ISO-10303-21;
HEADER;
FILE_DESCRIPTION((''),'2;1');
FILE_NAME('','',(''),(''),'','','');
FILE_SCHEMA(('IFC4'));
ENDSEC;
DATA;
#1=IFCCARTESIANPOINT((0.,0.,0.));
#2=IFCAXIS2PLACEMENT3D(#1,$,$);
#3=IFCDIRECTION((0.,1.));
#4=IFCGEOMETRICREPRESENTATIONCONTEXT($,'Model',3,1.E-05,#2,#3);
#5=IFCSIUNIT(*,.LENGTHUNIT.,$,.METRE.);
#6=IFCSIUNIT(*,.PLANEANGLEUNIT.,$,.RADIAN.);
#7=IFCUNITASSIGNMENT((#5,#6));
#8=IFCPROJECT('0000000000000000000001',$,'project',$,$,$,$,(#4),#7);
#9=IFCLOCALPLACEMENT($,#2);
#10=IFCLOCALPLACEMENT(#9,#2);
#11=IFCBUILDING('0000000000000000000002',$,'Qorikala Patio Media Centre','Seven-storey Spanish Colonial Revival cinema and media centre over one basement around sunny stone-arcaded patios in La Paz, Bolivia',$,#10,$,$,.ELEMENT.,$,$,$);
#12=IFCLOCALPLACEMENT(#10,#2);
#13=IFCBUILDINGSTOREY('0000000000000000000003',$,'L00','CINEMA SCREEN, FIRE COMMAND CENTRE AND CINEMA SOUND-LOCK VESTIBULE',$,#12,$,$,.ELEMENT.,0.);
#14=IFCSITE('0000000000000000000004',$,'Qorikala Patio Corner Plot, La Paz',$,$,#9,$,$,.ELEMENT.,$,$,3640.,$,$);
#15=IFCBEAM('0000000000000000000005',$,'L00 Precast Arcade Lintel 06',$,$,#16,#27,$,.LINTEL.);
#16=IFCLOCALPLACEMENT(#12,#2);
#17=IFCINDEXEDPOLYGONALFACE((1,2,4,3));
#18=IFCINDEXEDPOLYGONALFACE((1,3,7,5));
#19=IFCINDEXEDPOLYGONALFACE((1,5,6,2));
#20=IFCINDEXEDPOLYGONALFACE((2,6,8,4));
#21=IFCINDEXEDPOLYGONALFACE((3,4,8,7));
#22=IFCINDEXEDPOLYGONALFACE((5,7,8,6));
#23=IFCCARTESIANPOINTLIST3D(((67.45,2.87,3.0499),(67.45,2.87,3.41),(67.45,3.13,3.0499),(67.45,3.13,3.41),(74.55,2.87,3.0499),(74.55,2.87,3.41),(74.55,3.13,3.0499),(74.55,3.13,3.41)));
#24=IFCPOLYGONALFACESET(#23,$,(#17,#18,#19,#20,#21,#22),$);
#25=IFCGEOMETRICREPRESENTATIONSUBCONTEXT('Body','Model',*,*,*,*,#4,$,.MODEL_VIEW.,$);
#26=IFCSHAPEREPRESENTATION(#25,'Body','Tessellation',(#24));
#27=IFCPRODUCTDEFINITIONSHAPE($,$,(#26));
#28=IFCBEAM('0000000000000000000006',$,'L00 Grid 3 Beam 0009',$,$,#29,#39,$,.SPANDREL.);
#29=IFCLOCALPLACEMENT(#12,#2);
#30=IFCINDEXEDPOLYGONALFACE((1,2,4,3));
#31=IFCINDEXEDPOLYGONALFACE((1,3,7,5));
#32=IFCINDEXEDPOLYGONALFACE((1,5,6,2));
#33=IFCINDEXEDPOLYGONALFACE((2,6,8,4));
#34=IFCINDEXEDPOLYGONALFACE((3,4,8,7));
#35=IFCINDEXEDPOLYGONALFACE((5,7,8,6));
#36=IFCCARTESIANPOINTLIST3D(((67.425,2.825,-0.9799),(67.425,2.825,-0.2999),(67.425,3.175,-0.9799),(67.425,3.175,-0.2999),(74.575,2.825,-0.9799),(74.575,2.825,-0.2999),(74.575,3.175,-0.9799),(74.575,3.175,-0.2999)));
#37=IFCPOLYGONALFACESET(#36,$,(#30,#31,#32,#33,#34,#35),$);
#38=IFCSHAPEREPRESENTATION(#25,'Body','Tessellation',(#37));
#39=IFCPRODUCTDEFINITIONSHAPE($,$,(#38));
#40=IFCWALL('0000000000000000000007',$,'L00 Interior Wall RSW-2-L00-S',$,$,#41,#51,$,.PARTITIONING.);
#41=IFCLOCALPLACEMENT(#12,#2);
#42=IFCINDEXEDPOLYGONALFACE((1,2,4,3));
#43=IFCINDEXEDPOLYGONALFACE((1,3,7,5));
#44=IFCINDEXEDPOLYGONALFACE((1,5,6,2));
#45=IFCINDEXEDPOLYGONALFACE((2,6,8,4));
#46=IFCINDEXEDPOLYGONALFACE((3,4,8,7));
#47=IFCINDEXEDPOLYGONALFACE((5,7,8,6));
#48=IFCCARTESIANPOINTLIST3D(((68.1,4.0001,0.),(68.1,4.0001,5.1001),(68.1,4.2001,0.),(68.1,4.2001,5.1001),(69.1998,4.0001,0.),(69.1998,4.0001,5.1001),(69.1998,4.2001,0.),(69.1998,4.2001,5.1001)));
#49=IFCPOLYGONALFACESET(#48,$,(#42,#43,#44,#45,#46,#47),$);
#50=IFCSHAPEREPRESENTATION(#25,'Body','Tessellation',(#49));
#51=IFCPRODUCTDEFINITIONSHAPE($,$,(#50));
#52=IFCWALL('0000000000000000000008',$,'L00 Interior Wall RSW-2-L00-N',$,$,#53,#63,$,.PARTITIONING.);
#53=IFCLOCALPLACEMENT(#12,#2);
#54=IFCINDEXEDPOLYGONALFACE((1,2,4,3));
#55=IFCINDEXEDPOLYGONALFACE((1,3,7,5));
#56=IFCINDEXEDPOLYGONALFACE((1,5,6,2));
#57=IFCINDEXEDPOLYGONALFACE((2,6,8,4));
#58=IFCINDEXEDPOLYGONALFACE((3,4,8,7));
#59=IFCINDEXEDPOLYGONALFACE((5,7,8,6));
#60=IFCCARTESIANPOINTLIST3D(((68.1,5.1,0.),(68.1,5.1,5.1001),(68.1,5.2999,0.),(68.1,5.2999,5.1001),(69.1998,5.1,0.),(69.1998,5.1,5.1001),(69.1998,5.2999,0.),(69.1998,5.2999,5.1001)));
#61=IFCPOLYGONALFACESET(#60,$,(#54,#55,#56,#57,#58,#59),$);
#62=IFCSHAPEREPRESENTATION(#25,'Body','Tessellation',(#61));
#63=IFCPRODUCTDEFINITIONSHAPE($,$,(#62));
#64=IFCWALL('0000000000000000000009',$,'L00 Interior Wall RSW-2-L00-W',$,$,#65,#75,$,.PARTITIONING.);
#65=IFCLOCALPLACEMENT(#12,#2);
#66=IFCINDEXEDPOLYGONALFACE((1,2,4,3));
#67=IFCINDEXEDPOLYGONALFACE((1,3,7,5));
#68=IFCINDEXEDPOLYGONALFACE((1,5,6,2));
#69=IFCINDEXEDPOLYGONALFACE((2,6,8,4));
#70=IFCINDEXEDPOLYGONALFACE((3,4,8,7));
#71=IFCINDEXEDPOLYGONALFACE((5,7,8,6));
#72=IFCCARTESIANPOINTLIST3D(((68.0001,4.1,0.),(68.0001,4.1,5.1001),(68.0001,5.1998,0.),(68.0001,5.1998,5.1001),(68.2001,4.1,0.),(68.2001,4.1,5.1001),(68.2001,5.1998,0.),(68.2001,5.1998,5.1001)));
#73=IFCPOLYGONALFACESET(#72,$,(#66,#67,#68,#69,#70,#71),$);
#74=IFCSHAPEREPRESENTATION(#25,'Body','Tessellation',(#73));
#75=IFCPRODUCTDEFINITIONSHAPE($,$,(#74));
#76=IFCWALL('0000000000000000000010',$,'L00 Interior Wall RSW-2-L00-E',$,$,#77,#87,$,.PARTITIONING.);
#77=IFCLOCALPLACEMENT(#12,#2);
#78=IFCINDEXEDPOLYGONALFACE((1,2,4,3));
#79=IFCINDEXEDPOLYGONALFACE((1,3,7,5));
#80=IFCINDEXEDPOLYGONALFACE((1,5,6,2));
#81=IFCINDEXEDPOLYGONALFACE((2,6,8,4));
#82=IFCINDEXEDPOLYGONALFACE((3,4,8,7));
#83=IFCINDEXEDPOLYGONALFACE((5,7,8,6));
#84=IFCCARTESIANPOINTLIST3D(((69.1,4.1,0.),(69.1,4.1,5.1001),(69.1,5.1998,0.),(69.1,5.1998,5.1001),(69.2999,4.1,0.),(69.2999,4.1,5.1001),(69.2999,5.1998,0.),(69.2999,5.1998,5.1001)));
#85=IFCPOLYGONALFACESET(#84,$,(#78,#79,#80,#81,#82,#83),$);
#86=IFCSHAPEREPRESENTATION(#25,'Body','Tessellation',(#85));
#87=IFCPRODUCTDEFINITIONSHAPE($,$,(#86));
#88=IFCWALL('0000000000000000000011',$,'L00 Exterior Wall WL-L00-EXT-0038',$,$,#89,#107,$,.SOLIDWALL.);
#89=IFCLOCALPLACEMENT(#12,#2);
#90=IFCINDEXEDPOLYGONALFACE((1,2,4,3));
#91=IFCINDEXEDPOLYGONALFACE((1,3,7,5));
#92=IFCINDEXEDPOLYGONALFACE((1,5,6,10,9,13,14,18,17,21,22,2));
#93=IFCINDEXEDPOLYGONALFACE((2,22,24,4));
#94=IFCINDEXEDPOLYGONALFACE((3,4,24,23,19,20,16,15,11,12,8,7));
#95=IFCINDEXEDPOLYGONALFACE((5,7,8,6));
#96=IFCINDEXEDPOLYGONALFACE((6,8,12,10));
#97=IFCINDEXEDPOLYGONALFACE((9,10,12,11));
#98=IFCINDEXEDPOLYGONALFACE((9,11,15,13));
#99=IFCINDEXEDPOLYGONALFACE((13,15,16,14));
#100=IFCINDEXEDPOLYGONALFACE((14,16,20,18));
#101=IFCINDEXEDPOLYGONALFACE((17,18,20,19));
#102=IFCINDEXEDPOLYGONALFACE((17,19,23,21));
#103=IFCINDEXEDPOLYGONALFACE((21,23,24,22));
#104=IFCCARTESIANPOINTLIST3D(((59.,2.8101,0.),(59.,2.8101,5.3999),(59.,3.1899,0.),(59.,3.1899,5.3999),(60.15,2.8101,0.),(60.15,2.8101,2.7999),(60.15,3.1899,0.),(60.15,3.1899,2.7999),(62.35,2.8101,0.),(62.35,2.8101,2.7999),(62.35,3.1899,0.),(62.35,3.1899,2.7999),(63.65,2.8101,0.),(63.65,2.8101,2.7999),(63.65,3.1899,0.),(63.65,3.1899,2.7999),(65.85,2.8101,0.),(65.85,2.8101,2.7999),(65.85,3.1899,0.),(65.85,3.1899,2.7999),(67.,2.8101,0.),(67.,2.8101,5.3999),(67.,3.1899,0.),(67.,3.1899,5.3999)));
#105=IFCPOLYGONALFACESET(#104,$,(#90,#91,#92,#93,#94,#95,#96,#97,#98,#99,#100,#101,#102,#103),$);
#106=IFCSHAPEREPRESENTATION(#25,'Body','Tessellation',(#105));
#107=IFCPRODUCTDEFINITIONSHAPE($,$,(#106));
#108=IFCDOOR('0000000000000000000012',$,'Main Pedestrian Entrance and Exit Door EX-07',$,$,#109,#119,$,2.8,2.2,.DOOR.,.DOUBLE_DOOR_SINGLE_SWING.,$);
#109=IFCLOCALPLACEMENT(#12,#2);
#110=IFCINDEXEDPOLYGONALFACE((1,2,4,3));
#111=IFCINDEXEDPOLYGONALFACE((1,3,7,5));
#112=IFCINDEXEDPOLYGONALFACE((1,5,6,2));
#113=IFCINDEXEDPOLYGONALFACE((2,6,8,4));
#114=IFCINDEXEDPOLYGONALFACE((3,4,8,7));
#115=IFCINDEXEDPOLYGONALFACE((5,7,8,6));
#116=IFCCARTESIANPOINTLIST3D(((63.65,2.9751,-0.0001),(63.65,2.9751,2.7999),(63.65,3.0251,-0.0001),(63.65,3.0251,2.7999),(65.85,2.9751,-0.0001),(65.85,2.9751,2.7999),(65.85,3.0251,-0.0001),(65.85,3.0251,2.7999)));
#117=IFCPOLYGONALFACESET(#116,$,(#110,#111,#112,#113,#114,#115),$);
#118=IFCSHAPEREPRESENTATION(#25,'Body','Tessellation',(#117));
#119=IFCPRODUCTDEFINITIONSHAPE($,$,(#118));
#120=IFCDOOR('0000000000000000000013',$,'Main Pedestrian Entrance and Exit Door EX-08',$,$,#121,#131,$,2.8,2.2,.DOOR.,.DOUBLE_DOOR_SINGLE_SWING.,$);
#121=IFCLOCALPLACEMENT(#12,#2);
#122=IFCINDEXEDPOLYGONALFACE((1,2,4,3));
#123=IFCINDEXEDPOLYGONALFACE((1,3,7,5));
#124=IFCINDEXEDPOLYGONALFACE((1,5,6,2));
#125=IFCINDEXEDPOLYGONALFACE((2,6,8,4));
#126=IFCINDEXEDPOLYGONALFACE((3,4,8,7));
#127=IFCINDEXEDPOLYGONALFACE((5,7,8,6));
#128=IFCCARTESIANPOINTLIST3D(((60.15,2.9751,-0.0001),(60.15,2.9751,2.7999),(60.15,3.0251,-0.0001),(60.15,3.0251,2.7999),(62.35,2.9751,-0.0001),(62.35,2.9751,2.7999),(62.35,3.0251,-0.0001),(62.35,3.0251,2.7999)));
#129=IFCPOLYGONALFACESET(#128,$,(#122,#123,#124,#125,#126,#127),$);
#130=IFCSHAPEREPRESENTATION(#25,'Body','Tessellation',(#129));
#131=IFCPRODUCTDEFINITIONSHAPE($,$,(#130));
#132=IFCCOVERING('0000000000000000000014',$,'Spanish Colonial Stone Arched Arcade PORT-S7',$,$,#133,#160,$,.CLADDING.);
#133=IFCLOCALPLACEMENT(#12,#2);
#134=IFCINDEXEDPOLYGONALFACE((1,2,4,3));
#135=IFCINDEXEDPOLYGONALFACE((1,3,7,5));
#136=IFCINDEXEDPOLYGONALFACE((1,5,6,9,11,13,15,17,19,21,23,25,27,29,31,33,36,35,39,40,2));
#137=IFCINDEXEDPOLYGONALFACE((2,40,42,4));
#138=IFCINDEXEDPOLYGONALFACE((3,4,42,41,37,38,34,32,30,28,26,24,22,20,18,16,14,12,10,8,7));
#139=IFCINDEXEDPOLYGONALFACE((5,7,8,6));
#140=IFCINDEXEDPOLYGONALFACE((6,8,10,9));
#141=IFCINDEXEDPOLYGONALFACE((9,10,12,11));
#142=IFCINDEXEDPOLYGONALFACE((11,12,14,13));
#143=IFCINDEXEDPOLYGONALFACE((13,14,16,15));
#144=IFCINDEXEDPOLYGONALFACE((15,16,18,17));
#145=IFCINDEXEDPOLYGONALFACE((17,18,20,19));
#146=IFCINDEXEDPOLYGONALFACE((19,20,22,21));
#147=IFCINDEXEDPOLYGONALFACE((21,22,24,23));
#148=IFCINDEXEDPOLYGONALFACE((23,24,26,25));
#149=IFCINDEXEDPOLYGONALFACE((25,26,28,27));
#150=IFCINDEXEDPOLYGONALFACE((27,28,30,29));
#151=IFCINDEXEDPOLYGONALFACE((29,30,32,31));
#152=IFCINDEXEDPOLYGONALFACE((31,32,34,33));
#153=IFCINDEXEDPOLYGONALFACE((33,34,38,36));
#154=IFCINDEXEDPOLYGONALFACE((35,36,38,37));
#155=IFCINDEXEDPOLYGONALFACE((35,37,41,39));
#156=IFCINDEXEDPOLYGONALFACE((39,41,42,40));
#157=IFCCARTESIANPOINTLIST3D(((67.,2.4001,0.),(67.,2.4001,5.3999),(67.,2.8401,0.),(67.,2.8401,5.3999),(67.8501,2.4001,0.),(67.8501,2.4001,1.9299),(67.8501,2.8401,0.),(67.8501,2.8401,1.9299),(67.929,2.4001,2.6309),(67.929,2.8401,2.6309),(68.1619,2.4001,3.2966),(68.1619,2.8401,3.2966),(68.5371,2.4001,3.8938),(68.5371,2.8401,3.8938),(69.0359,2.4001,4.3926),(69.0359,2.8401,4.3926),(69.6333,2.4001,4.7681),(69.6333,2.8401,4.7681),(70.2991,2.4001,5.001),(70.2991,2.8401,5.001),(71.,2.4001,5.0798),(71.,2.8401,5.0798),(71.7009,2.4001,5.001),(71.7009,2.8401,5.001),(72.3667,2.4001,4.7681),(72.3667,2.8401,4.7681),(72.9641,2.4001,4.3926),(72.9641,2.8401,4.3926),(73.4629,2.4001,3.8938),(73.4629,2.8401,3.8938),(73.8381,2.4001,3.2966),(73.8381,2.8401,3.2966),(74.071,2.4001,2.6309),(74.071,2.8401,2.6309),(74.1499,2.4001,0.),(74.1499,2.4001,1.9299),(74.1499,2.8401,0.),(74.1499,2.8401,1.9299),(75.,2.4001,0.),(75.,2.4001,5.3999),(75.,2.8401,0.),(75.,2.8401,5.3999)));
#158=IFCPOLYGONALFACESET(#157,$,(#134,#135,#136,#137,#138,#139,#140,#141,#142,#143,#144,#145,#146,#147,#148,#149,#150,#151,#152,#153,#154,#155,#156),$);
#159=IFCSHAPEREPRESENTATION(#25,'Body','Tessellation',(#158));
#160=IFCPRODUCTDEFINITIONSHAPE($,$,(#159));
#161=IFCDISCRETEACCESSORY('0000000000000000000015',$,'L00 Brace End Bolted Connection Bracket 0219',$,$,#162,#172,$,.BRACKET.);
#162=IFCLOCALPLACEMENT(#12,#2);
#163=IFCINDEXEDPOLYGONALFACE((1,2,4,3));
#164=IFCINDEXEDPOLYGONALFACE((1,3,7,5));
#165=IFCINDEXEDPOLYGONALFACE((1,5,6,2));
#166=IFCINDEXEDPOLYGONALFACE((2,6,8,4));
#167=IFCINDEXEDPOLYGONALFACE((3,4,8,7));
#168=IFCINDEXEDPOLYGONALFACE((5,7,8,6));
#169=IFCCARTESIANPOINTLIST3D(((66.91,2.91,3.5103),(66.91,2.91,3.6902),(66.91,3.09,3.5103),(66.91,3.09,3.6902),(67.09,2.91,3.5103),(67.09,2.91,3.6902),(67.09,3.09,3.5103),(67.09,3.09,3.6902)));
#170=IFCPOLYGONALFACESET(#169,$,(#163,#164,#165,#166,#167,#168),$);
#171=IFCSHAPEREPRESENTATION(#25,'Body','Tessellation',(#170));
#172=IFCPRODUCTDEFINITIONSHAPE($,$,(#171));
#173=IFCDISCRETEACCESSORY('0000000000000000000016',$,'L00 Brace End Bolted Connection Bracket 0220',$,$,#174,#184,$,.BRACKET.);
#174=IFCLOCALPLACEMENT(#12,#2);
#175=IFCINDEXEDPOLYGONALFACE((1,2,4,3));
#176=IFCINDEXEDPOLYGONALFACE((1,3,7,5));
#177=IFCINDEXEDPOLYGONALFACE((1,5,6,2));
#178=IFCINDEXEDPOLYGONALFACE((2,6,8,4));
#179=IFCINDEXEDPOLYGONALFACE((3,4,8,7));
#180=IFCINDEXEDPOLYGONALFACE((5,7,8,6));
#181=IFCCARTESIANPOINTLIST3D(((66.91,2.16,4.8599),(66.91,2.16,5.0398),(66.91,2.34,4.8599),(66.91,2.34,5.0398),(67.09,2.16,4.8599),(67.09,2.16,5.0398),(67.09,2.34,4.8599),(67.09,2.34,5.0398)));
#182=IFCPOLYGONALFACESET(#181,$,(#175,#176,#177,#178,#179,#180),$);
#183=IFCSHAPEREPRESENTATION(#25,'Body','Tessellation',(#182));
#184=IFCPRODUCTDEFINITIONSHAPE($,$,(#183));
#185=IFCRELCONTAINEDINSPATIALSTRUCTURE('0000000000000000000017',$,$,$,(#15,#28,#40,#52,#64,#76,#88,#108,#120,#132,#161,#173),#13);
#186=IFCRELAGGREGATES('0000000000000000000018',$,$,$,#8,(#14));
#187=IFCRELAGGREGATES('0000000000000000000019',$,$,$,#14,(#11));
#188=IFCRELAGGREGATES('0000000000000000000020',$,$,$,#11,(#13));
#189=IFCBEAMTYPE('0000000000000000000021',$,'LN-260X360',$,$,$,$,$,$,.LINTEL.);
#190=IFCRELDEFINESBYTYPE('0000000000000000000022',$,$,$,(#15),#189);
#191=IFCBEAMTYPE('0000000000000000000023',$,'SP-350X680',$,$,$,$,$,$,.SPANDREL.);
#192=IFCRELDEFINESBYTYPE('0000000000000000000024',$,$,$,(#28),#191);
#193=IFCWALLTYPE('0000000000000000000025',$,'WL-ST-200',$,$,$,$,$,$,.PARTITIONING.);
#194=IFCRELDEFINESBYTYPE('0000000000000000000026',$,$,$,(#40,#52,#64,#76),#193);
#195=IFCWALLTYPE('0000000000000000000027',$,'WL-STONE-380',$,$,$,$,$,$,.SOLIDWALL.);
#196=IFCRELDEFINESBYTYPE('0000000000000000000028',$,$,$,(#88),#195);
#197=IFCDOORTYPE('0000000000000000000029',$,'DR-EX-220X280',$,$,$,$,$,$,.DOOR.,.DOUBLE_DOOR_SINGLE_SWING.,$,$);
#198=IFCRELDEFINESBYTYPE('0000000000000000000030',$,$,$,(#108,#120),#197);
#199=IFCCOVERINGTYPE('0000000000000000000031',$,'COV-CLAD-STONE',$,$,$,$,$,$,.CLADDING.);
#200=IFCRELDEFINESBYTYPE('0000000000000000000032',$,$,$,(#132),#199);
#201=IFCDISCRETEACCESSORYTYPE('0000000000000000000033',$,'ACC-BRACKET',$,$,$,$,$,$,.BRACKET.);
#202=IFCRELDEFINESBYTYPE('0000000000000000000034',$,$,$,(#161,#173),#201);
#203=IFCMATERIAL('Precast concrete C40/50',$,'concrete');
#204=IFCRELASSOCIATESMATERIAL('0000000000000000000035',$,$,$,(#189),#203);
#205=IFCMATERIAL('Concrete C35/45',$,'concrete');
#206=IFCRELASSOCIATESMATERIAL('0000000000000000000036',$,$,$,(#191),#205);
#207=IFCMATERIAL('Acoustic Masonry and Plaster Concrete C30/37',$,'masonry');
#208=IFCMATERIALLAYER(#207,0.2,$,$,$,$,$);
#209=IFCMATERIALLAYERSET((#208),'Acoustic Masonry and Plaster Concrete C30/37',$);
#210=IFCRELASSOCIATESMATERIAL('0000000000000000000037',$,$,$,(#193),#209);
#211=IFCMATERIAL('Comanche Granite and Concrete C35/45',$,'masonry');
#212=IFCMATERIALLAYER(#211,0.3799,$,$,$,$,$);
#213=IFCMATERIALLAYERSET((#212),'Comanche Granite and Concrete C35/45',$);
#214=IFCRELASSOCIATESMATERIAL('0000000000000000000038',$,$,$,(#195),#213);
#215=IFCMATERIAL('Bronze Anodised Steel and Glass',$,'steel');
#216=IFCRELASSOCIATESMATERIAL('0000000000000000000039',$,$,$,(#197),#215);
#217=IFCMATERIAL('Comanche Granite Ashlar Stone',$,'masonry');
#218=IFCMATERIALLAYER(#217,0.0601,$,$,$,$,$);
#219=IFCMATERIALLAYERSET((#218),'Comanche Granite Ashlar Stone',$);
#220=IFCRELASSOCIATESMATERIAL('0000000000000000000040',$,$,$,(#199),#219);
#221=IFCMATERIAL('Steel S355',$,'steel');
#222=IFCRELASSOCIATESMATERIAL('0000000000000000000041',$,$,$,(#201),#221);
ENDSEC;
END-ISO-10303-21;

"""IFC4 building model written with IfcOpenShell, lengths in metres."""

from ifc_helpers import new_model, si_unit, direction, frame, frame_2d, origin, origin_2d, place, context, subcontext, project, spatial, polyline, rectangle, outline, extrude, material, layer, layer_set, material_profile, profile_set, type_object, element, fill, save


model = new_model("IFC4")

# Units and contexts
model_context = context("Model", 3, precision=1e-05, world=origin(), true_north=direction((0.0, 1.0)))
body_context = subcontext(model_context, "Body", "Model", "MODEL_VIEW")
ifc_project = project(units=[si_unit("LENGTHUNIT", "METRE"), si_unit("PLANEANGLEUNIT", "RADIAN")], contexts=[model_context])

# Site, building, storey
site_placement = place(None, origin())
site = spatial("IfcSite", under=ifc_project, at=site_placement, Name="Qorikala Patio Corner Plot, La Paz", CompositionType="ELEMENT", RefElevation=3640.0)
building_placement = place(site_placement, origin())
building = spatial("IfcBuilding", under=site, at=building_placement, Name="Qorikala Patio Media Centre", Description="Seven-storey Spanish Colonial Revival cinema and media centre over one basement around sunny stone-arcaded patios in La Paz, Bolivia", CompositionType="ELEMENT")
storey_placement = place(building_placement, origin())
storey = spatial("IfcBuildingStorey", under=building, at=storey_placement, Name="L00", Description="CINEMA SCREEN, FIRE COMMAND CENTRE AND CINEMA SOUND-LOCK VESTIBULE", CompositionType="ELEMENT", Elevation=0.0)

# Shared definitions
ifc_material_1 = material(Name="Concrete C35/45", Category="concrete")

# Shared definitions
ifc_material_2 = material(Name="Steel S355", Category="steel")

# Beams
ifc_material_3 = material(Name="Precast concrete C40/50", Category="concrete")
ifc_material_profile_1 = material_profile(ifc_material_3, rectangle(XDim=0.26, YDim=0.3601, at=origin_2d()), Name="RC 260x360")
ifc_profile_set_1 = profile_set([ifc_material_profile_1], Name="Precast concrete C40/50")
beam_type_1 = type_object("IfcBeamType", Name="LN-260X360", PredefinedType="LINTEL", material=ifc_profile_set_1)
beam_1_placement = place(storey_placement, frame((67.45, 3.0, 3.23), z_axis=(1.0, 0.0, 0.0), x_axis=(0.0, 1.0, 0.0)))
element("IfcBeam", 1, at=beam_1_placement, inside=storey, type_object=beam_type_1, Name="L00 Precast Arcade Lintel 06", PredefinedType="LINTEL", context=body_context, shape_type="SweptSolid", body=[
    extrude(rectangle(XDim=0.26, YDim=0.3601, at=origin_2d()), origin(), (0.0, 0.0, 1.0), 7.1001),
])
ifc_material_profile_2 = material_profile(ifc_material_1, rectangle(XDim=0.3501, YDim=0.6799, at=origin_2d()), Name="RC 350x680")
ifc_profile_set_2 = profile_set([ifc_material_profile_2], Name="Concrete C35/45")
beam_type_2 = type_object("IfcBeamType", Name="SP-350X680", PredefinedType="SPANDREL", material=ifc_profile_set_2)
beam_2_placement = place(storey_placement, frame((67.425, 3.0, -0.6399), z_axis=(1.0, 0.0, 0.0), x_axis=(0.0, 1.0, 0.0)))
element("IfcBeam", 2, at=beam_2_placement, inside=storey, type_object=beam_type_2, Name="L00 Grid 3 Beam 0009", PredefinedType="SPANDREL", context=body_context, shape_type="SweptSolid", body=[
    extrude(rectangle(XDim=0.3501, YDim=0.6799, at=origin_2d()), origin(), (0.0, 0.0, 1.0), 7.1499),
])

# Walls
ifc_material_4 = material(Name="Acoustic Masonry and Plaster Concrete C30/37", Category="masonry")
ifc_layer_1 = layer(ifc_material_4, 0.2)
ifc_layer_set_1 = layer_set([ifc_layer_1], Name="Acoustic Masonry and Plaster Concrete C30/37")
wall_type_1 = type_object("IfcWallType", Name="WL-ST-200", PredefinedType="PARTITIONING", material=ifc_layer_set_1)
for number, where, z_axis, x_axis, name in (
    (3, (68.1001, 4.1001, 0.0), (0.0, 0.0, 1.0), (1.0, 0.0, 0.0), "L00 Interior Wall RSW-2-L00-S"),
    (4, (68.1001, 5.2, 0.0), (0.0, 0.0, 1.0), (1.0, 0.0, 0.0), "L00 Interior Wall RSW-2-L00-N"),
    (5, (68.1001, 4.1001, 0.0), (0.0, 0.0, 1.0), (0.0, 1.0, 0.0), "L00 Interior Wall RSW-2-L00-W"),
    (6, (69.2, 4.1001, 0.0), (0.0, 0.0, 1.0), (0.0, 1.0, 0.0), "L00 Interior Wall RSW-2-L00-E"),
):
    element("IfcWall", number, at=place(storey_placement, frame(where, z_axis=z_axis, x_axis=x_axis)), inside=storey, type_object=wall_type_1, Name=name, PredefinedType="PARTITIONING", context=body_context, shape_type="SweptSolid", body=[
        extrude(rectangle(XDim=1.0999, YDim=0.2, at=frame_2d((0.5498, 0.0))), origin(), (0.0, 0.0, 1.0), 5.1001),
    ])

# Wall, openings, doors
ifc_material_5 = material(Name="Comanche Granite and Concrete C35/45", Category="masonry")
ifc_layer_2 = layer(ifc_material_5, 0.3799)
ifc_layer_set_2 = layer_set([ifc_layer_2], Name="Comanche Granite and Concrete C35/45")
wall_type_2 = type_object("IfcWallType", Name="WL-STONE-380", PredefinedType="SOLIDWALL", material=ifc_layer_set_2)
wall_placement = place(storey_placement, frame((67.0, 3.0, 0.0), z_axis=(0.0, 0.0, 1.0), x_axis=(-1.0, 0.0, 0.0)))
wall = element("IfcWall", 7, at=wall_placement, inside=storey, type_object=wall_type_2, Name="L00 Exterior Wall WL-L00-EXT-0038", PredefinedType="SOLIDWALL", context=body_context, shape_type="SweptSolid", body=[
    extrude(rectangle(XDim=8.0, YDim=0.3799, at=frame_2d((4.0, 0.0))), origin(), (0.0, 0.0, 1.0), 5.3999),
])
opening_1_placement = place(wall_placement, frame((1.1499, 0.0, 0.0)))
opening_1 = element("IfcOpeningElement", 8, at=opening_1_placement, cuts=wall, PredefinedType="OPENING", context=body_context, shape_type="SweptSolid", body=[
    extrude(rectangle(XDim=2.2, YDim=2.8, at=frame_2d((1.1001, 1.3999))), frame((0.0, 0.2, 0.0), z_axis=(0.0, -1.0, 0.0), x_axis=(1.0, 0.0, 0.0)), (0.0, 0.0, 1.0), 0.3999),
])
opening_2_placement = place(wall_placement, frame((4.6499, 0.0, 0.0)))
opening_2 = element("IfcOpeningElement", 9, at=opening_2_placement, cuts=wall, PredefinedType="OPENING", context=body_context, shape_type="SweptSolid", body=[
    extrude(rectangle(XDim=2.2, YDim=2.8, at=frame_2d((1.1001, 1.3999))), frame((0.0, 0.2, 0.0), z_axis=(0.0, -1.0, 0.0), x_axis=(1.0, 0.0, 0.0)), (0.0, 0.0, 1.0), 0.3999),
])
ifc_material_6 = material(Name="Bronze Anodised Steel and Glass", Category="steel")
door_type = type_object("IfcDoorType", Name="DR-EX-220X280", OperationType="DOUBLE_DOOR_SINGLE_SWING", PredefinedType="DOOR", material=ifc_material_6)
door_1_placement = place(opening_1_placement, origin())
door_1 = element("IfcDoor", 10, at=door_1_placement, inside=storey, type_object=door_type, Name="Main Pedestrian Entrance and Exit Door EX-07", OperationType="DOUBLE_DOOR_SINGLE_SWING", OverallHeight=2.8, OverallWidth=2.2, PredefinedType="DOOR", context=body_context, shape_type="SweptSolid", body=[
    extrude(rectangle(XDim=2.2, YDim=2.8, at=frame_2d((1.1001, 1.3999))), frame((0.0, 0.0249, 0.0), z_axis=(0.0, -1.0, 0.0), x_axis=(1.0, 0.0, 0.0)), (0.0, 0.0, 1.0), 0.05),
])
fill(opening_1, door_1)
door_2_placement = place(opening_2_placement, origin())
door_2 = element("IfcDoor", 11, at=door_2_placement, inside=storey, type_object=door_type, Name="Main Pedestrian Entrance and Exit Door EX-08", OperationType="DOUBLE_DOOR_SINGLE_SWING", OverallHeight=2.8, OverallWidth=2.2, PredefinedType="DOOR", context=body_context, shape_type="SweptSolid", body=[
    extrude(rectangle(XDim=2.2, YDim=2.8, at=frame_2d((1.1001, 1.3999))), frame((0.0, 0.0249, 0.0), z_axis=(0.0, -1.0, 0.0), x_axis=(1.0, 0.0, 0.0)), (0.0, 0.0, 1.0), 0.05),
])
fill(opening_2, door_2)

# Covering
ifc_material_7 = material(Name="Comanche Granite Ashlar Stone", Category="masonry")
ifc_layer_3 = layer(ifc_material_7, 0.0601)
ifc_layer_set_3 = layer_set([ifc_layer_3], Name="Comanche Granite Ashlar Stone")
covering_type = type_object("IfcCoveringType", Name="COV-CLAD-STONE", PredefinedType="CLADDING", material=ifc_layer_set_3)
covering_placement = place(storey_placement, frame((67.0, 2.6201, 0.0), z_axis=(0.0, 0.0, 1.0), x_axis=(1.0, 0.0, 0.0)))
element("IfcCovering", 12, at=covering_placement, inside=storey, type_object=covering_type, Name="Spanish Colonial Stone Arched Arcade PORT-S7", PredefinedType="CLADDING", context=body_context, shape_type="SweptSolid", body=[
    extrude(outline(polyline([(0.0, 0.0), (0.8501, 0.0), (0.8501, 1.9299), (0.929, 2.6309), (1.1619, 3.2966), (1.5371, 3.8938), (2.0359, 4.3926), (2.6333, 4.7681), (3.2991, 5.001), (4.0, 5.0798), (4.7009, 5.001), (5.3667, 4.7681), (5.9641, 4.3926), (6.4629, 3.8938), (6.8381, 3.2966), (7.071, 2.6309), (7.1499, 1.9299), (7.1499, 0.0), (8.0, 0.0), (8.0, 5.3999), (0.0, 5.3999), (0.0, 0.0)])), frame((0.0, 0.22, 0.0), z_axis=(0.0, -1.0, 0.0), x_axis=(1.0, 0.0, 0.0)), (0.0, 0.0, 1.0), 0.4399),
])

# Discrete accessories
discrete_accessory_type = type_object("IfcDiscreteAccessoryType", Name="ACC-BRACKET", PredefinedType="BRACKET", material=ifc_material_2)
for number, where, z_axis, x_axis, name in (
    (13, (67.0, 3.0, 3.5103), (0.0, 0.0, 1.0), (1.0, 0.0, 0.0), "L00 Brace End Bolted Connection Bracket 0219"),
    (14, (67.0, 2.25, 4.8599), (0.0, 0.0, 1.0), (1.0, 0.0, 0.0), "L00 Brace End Bolted Connection Bracket 0220"),
):
    element("IfcDiscreteAccessory", number, at=place(storey_placement, frame(where, z_axis=z_axis, x_axis=x_axis)), inside=storey, type_object=discrete_accessory_type, Name=name, PredefinedType="BRACKET", context=body_context, shape_type="SweptSolid", body=[
        extrude(rectangle(XDim=0.1799, YDim=0.1799, at=origin_2d()), origin(), (0.0, 0.0, 1.0), 0.1799),
    ])

save(model, "model.ifc")
